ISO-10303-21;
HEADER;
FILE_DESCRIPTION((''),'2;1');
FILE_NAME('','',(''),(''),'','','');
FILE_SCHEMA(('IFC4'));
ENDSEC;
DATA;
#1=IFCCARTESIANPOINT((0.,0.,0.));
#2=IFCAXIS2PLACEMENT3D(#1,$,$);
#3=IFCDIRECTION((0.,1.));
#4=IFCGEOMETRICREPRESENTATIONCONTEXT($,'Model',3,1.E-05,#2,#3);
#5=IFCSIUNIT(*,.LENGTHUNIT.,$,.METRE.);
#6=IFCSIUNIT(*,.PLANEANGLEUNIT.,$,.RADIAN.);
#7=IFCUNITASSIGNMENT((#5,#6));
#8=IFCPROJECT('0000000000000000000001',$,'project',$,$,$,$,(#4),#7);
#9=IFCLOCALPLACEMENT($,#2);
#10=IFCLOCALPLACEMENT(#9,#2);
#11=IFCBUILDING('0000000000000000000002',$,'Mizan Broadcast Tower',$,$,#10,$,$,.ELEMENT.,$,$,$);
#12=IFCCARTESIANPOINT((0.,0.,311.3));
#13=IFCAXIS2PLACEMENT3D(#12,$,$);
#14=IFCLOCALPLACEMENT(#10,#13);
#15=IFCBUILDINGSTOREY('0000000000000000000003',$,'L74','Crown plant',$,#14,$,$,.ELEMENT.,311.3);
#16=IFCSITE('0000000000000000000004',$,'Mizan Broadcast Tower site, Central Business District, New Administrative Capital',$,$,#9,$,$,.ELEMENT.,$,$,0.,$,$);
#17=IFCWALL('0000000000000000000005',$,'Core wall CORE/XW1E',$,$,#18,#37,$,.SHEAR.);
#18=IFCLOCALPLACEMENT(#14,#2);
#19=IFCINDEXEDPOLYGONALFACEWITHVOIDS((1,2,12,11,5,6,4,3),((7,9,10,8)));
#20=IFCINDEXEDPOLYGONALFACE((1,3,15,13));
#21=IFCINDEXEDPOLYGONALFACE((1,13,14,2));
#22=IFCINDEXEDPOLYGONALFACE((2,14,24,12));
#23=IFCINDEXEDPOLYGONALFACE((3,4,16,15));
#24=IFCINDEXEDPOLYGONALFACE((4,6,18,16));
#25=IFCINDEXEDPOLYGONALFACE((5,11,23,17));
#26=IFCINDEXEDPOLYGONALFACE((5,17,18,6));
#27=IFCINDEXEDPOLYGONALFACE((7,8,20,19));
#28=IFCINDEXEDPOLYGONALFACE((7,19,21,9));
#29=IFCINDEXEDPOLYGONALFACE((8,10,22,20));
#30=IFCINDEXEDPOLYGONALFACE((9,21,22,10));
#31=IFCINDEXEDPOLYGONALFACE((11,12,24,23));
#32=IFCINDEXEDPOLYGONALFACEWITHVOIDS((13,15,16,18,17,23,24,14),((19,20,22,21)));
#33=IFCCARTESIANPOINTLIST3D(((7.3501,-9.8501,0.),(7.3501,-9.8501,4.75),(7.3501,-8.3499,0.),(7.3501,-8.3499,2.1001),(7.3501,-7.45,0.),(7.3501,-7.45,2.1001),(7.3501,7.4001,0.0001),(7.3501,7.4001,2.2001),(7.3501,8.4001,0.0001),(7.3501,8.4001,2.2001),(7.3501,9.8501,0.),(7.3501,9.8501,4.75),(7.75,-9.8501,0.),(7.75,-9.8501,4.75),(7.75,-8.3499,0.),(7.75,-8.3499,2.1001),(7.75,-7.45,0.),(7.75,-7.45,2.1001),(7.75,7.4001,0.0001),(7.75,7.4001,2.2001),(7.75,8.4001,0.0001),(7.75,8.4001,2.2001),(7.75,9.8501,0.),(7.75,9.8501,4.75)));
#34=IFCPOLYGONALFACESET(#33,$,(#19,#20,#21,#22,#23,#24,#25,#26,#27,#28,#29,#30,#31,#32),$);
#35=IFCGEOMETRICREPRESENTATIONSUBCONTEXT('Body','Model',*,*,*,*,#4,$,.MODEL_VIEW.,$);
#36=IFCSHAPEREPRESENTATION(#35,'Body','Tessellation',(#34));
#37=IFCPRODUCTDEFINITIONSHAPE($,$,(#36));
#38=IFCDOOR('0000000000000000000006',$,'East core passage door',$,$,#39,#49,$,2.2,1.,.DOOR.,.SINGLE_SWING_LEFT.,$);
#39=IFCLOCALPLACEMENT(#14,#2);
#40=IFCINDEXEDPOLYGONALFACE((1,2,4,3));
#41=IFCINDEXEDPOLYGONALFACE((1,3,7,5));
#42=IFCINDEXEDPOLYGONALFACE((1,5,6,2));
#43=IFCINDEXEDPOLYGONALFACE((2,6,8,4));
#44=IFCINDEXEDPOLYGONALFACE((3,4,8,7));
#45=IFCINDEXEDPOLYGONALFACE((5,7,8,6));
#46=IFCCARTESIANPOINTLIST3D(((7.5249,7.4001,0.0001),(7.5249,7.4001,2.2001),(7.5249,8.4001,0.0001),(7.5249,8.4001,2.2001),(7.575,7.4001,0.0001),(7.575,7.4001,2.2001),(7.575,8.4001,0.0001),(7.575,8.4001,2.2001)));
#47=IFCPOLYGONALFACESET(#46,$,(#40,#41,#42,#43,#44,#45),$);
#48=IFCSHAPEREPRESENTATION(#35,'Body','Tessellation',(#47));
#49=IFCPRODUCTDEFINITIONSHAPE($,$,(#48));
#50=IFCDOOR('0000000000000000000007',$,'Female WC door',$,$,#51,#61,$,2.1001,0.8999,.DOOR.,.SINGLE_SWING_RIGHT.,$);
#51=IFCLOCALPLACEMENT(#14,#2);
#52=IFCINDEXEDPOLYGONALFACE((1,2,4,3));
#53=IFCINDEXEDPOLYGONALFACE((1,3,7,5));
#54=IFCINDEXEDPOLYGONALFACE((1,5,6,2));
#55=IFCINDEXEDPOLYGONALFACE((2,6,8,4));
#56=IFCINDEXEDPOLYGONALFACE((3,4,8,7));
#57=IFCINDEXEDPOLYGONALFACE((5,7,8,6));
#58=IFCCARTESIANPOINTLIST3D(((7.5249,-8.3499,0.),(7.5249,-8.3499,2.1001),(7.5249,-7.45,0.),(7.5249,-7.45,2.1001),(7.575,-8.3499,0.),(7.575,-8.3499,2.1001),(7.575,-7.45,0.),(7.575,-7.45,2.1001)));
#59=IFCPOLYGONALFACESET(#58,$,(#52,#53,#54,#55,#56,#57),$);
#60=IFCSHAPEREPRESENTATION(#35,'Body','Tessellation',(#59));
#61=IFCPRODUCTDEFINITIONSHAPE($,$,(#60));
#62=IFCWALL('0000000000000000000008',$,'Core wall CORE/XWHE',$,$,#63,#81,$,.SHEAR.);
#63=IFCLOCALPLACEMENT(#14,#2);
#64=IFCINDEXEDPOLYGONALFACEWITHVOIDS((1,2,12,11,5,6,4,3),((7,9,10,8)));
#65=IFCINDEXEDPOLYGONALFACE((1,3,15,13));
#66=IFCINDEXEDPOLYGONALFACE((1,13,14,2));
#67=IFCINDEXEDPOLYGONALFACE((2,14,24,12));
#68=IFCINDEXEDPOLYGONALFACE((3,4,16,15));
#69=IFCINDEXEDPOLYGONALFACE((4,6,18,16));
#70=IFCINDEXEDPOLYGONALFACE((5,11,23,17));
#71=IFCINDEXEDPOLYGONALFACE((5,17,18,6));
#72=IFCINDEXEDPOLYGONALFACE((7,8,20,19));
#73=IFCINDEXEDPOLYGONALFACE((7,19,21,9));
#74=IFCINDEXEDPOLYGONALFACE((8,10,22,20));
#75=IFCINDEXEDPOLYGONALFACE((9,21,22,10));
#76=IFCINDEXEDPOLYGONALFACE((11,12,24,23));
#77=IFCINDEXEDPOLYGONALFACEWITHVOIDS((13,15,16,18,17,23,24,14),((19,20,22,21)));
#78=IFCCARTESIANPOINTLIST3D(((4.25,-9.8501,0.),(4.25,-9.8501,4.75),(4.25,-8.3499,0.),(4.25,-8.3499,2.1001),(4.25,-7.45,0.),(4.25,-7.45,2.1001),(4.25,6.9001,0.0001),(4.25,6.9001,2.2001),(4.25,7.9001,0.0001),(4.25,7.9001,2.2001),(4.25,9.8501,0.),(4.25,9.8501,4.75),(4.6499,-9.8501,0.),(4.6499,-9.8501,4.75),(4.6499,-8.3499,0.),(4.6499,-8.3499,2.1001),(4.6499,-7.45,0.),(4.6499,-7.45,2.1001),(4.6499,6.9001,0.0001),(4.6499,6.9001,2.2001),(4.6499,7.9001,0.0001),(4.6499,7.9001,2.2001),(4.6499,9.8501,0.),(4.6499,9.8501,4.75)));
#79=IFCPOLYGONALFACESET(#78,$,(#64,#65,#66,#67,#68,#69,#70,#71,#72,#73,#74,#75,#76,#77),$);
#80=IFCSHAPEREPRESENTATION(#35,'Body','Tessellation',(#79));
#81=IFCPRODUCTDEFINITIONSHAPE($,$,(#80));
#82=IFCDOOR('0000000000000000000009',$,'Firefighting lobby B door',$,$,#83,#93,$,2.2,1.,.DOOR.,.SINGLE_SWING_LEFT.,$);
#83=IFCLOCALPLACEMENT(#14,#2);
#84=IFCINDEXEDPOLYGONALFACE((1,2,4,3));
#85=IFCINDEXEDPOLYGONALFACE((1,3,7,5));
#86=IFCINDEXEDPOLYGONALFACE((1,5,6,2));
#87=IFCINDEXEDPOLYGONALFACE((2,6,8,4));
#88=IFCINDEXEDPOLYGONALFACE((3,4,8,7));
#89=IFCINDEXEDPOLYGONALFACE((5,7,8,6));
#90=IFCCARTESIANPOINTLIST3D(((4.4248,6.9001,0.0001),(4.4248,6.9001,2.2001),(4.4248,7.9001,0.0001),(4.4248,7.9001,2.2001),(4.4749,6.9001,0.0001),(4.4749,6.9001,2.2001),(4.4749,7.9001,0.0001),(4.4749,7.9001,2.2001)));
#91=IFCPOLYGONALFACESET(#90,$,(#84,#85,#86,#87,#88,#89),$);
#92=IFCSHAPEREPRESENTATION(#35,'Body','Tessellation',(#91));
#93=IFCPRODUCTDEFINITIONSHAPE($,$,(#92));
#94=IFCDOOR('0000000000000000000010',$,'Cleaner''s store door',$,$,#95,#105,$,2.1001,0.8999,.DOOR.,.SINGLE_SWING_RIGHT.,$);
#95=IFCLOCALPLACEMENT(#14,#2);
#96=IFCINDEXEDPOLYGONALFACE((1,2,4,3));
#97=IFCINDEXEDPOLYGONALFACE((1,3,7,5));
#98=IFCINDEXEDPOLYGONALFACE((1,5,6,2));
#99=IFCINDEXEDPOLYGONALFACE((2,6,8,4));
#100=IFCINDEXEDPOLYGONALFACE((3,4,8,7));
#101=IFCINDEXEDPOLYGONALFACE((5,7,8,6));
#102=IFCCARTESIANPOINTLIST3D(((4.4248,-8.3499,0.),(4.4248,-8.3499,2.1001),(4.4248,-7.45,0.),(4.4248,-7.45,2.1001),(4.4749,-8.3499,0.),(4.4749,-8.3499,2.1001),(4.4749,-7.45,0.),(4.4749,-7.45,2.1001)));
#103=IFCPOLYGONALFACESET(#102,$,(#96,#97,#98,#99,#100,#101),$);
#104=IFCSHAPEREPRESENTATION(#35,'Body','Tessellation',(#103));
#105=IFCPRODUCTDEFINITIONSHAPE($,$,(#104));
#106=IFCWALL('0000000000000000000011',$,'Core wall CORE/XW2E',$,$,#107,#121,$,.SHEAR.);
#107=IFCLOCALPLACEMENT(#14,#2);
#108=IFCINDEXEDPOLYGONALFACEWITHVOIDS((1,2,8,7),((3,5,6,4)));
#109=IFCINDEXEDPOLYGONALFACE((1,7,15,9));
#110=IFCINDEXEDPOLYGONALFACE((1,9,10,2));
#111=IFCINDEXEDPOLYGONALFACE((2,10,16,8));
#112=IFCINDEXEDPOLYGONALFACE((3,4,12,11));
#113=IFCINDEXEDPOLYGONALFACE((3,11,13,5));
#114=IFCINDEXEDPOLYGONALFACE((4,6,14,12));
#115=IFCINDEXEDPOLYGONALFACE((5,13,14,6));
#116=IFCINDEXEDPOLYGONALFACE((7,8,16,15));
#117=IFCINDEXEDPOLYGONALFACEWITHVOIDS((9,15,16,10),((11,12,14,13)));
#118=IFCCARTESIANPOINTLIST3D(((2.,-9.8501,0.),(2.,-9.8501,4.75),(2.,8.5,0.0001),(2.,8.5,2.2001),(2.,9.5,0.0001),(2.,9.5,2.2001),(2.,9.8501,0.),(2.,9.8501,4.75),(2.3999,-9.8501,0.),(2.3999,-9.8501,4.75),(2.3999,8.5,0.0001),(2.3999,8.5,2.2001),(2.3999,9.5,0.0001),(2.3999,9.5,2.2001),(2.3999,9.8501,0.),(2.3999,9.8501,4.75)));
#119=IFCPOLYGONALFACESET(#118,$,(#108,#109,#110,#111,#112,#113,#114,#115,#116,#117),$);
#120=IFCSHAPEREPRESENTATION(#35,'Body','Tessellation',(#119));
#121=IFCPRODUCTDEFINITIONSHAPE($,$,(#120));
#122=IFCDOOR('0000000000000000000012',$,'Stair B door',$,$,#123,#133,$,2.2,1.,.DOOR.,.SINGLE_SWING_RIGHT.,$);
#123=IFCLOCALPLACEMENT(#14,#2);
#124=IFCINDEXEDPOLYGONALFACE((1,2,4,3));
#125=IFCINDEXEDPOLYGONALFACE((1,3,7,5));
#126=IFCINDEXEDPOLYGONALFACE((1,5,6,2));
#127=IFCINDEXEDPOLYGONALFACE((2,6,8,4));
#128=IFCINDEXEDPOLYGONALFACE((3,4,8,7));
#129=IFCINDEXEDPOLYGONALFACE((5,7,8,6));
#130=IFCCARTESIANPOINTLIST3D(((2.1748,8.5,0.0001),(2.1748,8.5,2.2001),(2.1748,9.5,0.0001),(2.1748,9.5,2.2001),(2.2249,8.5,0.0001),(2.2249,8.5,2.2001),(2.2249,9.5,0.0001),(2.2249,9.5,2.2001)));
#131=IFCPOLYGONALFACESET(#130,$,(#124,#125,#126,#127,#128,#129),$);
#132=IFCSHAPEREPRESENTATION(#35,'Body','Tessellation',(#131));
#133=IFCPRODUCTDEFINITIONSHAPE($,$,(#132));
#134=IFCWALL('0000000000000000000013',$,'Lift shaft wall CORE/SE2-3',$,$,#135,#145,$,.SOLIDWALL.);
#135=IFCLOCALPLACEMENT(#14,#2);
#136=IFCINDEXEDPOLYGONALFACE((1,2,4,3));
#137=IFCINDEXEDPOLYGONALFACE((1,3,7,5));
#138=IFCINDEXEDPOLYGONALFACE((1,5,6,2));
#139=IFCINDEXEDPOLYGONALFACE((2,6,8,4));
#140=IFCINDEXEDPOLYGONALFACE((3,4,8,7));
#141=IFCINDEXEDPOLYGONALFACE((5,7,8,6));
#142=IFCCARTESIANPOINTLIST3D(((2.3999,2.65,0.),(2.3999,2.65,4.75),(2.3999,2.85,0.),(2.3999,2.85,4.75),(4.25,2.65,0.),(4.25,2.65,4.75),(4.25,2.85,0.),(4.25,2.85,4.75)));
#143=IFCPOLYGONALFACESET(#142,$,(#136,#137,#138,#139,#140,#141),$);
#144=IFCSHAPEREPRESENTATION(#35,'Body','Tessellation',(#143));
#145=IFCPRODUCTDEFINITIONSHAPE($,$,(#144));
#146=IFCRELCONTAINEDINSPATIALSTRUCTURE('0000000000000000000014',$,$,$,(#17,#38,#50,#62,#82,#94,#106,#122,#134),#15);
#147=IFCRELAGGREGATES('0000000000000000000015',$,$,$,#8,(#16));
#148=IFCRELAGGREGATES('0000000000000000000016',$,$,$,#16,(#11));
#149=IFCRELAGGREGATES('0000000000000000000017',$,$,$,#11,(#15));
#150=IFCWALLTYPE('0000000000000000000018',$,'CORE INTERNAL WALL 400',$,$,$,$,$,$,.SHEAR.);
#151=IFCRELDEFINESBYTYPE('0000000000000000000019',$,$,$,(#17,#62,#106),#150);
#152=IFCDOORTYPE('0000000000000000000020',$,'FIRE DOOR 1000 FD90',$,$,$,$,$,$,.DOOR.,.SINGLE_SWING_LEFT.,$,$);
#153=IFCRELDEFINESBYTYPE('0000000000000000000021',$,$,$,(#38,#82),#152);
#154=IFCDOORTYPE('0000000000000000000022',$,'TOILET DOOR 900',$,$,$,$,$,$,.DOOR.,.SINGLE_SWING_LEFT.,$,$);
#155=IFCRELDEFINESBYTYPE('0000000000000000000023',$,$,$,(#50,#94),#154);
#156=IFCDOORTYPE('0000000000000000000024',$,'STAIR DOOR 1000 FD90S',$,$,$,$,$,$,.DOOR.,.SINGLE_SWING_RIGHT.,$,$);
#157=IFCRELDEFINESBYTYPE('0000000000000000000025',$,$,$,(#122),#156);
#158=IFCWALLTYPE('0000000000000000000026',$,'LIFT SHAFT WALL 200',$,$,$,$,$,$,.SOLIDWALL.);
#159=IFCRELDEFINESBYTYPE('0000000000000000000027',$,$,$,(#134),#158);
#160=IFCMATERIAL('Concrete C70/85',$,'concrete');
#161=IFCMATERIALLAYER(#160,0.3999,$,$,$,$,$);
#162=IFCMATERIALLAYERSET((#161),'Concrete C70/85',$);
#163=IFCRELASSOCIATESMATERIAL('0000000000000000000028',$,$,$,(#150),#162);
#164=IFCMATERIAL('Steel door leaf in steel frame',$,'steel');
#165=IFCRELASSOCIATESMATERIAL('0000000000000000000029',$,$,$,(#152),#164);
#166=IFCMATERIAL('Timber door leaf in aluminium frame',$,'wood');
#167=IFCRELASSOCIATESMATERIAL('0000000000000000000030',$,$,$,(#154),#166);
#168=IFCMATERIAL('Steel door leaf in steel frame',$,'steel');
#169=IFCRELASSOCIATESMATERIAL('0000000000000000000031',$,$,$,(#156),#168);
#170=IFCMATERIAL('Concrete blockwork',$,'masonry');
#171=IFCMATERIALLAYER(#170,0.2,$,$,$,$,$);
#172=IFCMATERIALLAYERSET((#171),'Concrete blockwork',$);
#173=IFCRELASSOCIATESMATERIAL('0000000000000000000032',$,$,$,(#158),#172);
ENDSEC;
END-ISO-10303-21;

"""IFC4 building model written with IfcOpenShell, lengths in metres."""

from ifc_helpers import new_model, si_unit, direction, frame, frame_2d, origin, place, context, subcontext, project, spatial, rectangle, extrude, material, layer, layer_set, type_object, element, fill, save


model = new_model("IFC4")

# Units and contexts
model_context = context("Model", 3, precision=1e-05, world=origin(), true_north=direction((0.0, 1.0)))
body_context = subcontext(model_context, "Body", "Model", "MODEL_VIEW")
ifc_project = project(units=[si_unit("LENGTHUNIT", "METRE"), si_unit("PLANEANGLEUNIT", "RADIAN")], contexts=[model_context])

# Site, building, storey
site_placement = place(None, origin())
site = spatial("IfcSite", under=ifc_project, at=site_placement, Name="Mizan Broadcast Tower site, Central Business District, New Administrative Capital", CompositionType="ELEMENT", RefElevation=0.0)
building_placement = place(site_placement, origin())
building = spatial("IfcBuilding", under=site, at=building_placement, Name="Mizan Broadcast Tower", CompositionType="ELEMENT")
storey_placement = place(building_placement, frame((0.0, 0.0, 311.3)))
storey = spatial("IfcBuildingStorey", under=building, at=storey_placement, Name="L74", Description="Crown plant", CompositionType="ELEMENT", Elevation=311.3)

# Walls, openings, doors
ifc_material_1 = material(Name="Concrete C70/85", Category="concrete")
ifc_layer_1 = layer(ifc_material_1, 0.3999)
ifc_layer_set_1 = layer_set([ifc_layer_1], Name="Concrete C70/85")
wall_type_1 = type_object("IfcWallType", Name="CORE INTERNAL WALL 400", PredefinedType="SHEAR", material=ifc_layer_set_1)
wall_1_placement = place(storey_placement, frame((7.55, 9.8501, 0.0), z_axis=(0.0, 0.0, 1.0), x_axis=(0.0, -1.0, 0.0)))
wall_1 = element("IfcWall", 1, at=wall_1_placement, inside=storey, type_object=wall_type_1, Name="Core wall CORE/XW1E", PredefinedType="SHEAR", context=body_context, shape_type="SweptSolid", body=[
    extrude(rectangle(XDim=19.7002, YDim=0.3999, at=frame_2d((9.8501, 0.0))), origin(), (0.0, 0.0, 1.0), 4.75),
])
opening_1_placement = place(wall_1_placement, frame((1.45, 0.0, 0.0)))
opening_1 = element("IfcOpeningElement", 2, at=opening_1_placement, cuts=wall_1, PredefinedType="OPENING", context=body_context, shape_type="SweptSolid", body=[
    extrude(rectangle(XDim=1.0, YDim=2.2, at=frame_2d((0.5, 1.1001))), frame((0.0, 0.21, 0.0), z_axis=(0.0, -1.0, 0.0), x_axis=(1.0, 0.0, 0.0)), (0.0, 0.0, 1.0), 0.4199),
])
opening_2_placement = place(wall_1_placement, frame((17.3, 0.0, 0.0)))
opening_2 = element("IfcOpeningElement", 3, at=opening_2_placement, cuts=wall_1, PredefinedType="OPENING", context=body_context, shape_type="SweptSolid", body=[
    extrude(rectangle(XDim=0.8999, YDim=2.1001, at=frame_2d((0.45, 1.05))), frame((0.0, 0.21, 0.0), z_axis=(0.0, -1.0, 0.0), x_axis=(1.0, 0.0, 0.0)), (0.0, 0.0, 1.0), 0.4199),
])
ifc_material_2 = material(Name="Steel door leaf in steel frame", Category="steel")
door_type_1 = type_object("IfcDoorType", Name="FIRE DOOR 1000 FD90", OperationType="SINGLE_SWING_LEFT", PredefinedType="DOOR", material=ifc_material_2)
door_1_placement = place(opening_1_placement, origin())
door_1 = element("IfcDoor", 4, at=door_1_placement, inside=storey, type_object=door_type_1, Name="East core passage door", OperationType="SINGLE_SWING_LEFT", OverallHeight=2.2, OverallWidth=1.0, PredefinedType="DOOR", context=body_context, shape_type="SweptSolid", body=[
    extrude(rectangle(XDim=1.0, YDim=2.2, at=frame_2d((0.5, 1.1001))), frame((0.0, 0.0249, 0.0), z_axis=(0.0, -1.0, 0.0), x_axis=(1.0, 0.0, 0.0)), (0.0, 0.0, 1.0), 0.05),
])
fill(opening_1, door_1)
ifc_material_3 = material(Name="Timber door leaf in aluminium frame", Category="wood")
door_type_2 = type_object("IfcDoorType", Name="TOILET DOOR 900", OperationType="SINGLE_SWING_LEFT", PredefinedType="DOOR", material=ifc_material_3)
door_2_placement = place(opening_2_placement, origin())
door_2 = element("IfcDoor", 5, at=door_2_placement, inside=storey, type_object=door_type_2, Name="Female WC door", OperationType="SINGLE_SWING_RIGHT", OverallHeight=2.1001, OverallWidth=0.8999, PredefinedType="DOOR", context=body_context, shape_type="SweptSolid", body=[
    extrude(rectangle(XDim=0.8999, YDim=2.1001, at=frame_2d((0.45, 1.05))), frame((0.0, 0.0249, 0.0), z_axis=(0.0, -1.0, 0.0), x_axis=(1.0, 0.0, 0.0)), (0.0, 0.0, 1.0), 0.05),
])
fill(opening_2, door_2)
wall_2_placement = place(storey_placement, frame((4.45, 9.8501, 0.0), z_axis=(0.0, 0.0, 1.0), x_axis=(0.0, -1.0, 0.0)))
wall_2 = element("IfcWall", 6, at=wall_2_placement, inside=storey, type_object=wall_type_1, Name="Core wall CORE/XWHE", PredefinedType="SHEAR", context=body_context, shape_type="SweptSolid", body=[
    extrude(rectangle(XDim=19.7002, YDim=0.3999, at=frame_2d((9.8501, 0.0))), origin(), (0.0, 0.0, 1.0), 4.75),
])
opening_3_placement = place(wall_2_placement, frame((1.95, 0.0, 0.0)))
opening_3 = element("IfcOpeningElement", 7, at=opening_3_placement, cuts=wall_2, PredefinedType="OPENING", context=body_context, shape_type="SweptSolid", body=[
    extrude(rectangle(XDim=1.0, YDim=2.2, at=frame_2d((0.5, 1.1001))), frame((0.0, 0.21, 0.0), z_axis=(0.0, -1.0, 0.0), x_axis=(1.0, 0.0, 0.0)), (0.0, 0.0, 1.0), 0.4199),
])
opening_4_placement = place(wall_2_placement, frame((17.3, 0.0, 0.0)))
opening_4 = element("IfcOpeningElement", 8, at=opening_4_placement, cuts=wall_2, PredefinedType="OPENING", context=body_context, shape_type="SweptSolid", body=[
    extrude(rectangle(XDim=0.8999, YDim=2.1001, at=frame_2d((0.45, 1.05))), frame((0.0, 0.21, 0.0), z_axis=(0.0, -1.0, 0.0), x_axis=(1.0, 0.0, 0.0)), (0.0, 0.0, 1.0), 0.4199),
])
door_3_placement = place(opening_3_placement, origin())
door_3 = element("IfcDoor", 9, at=door_3_placement, inside=storey, type_object=door_type_1, Name="Firefighting lobby B door", OperationType="SINGLE_SWING_LEFT", OverallHeight=2.2, OverallWidth=1.0, PredefinedType="DOOR", context=body_context, shape_type="SweptSolid", body=[
    extrude(rectangle(XDim=1.0, YDim=2.2, at=frame_2d((0.5, 1.1001))), frame((0.0, 0.0249, 0.0), z_axis=(0.0, -1.0, 0.0), x_axis=(1.0, 0.0, 0.0)), (0.0, 0.0, 1.0), 0.05),
])
fill(opening_3, door_3)
door_4_placement = place(opening_4_placement, origin())
door_4 = element("IfcDoor", 10, at=door_4_placement, inside=storey, type_object=door_type_2, Name="Cleaner's store door", OperationType="SINGLE_SWING_RIGHT", OverallHeight=2.1001, OverallWidth=0.8999, PredefinedType="DOOR", context=body_context, shape_type="SweptSolid", body=[
    extrude(rectangle(XDim=0.8999, YDim=2.1001, at=frame_2d((0.45, 1.05))), frame((0.0, 0.0249, 0.0), z_axis=(0.0, -1.0, 0.0), x_axis=(1.0, 0.0, 0.0)), (0.0, 0.0, 1.0), 0.05),
])
fill(opening_4, door_4)

# Wall, opening, door
wall_3_placement = place(storey_placement, frame((2.2, 9.8501, 0.0), z_axis=(0.0, 0.0, 1.0), x_axis=(0.0, -1.0, 0.0)))
wall_3 = element("IfcWall", 11, at=wall_3_placement, inside=storey, type_object=wall_type_1, Name="Core wall CORE/XW2E", PredefinedType="SHEAR", context=body_context, shape_type="SweptSolid", body=[
    extrude(rectangle(XDim=19.7002, YDim=0.3999, at=frame_2d((9.8501, 0.0))), origin(), (0.0, 0.0, 1.0), 4.75),
])
opening_5_placement = place(wall_3_placement, frame((0.3501, 0.0, 0.0)))
opening_5 = element("IfcOpeningElement", 12, at=opening_5_placement, cuts=wall_3, PredefinedType="OPENING", context=body_context, shape_type="SweptSolid", body=[
    extrude(rectangle(XDim=1.0, YDim=2.2, at=frame_2d((0.5, 1.1001))), frame((0.0, 0.21, 0.0), z_axis=(0.0, -1.0, 0.0), x_axis=(1.0, 0.0, 0.0)), (0.0, 0.0, 1.0), 0.4199),
])
ifc_material_4 = material(Name="Steel door leaf in steel frame", Category="steel")
door_type_3 = type_object("IfcDoorType", Name="STAIR DOOR 1000 FD90S", OperationType="SINGLE_SWING_RIGHT", PredefinedType="DOOR", material=ifc_material_4)
door_5_placement = place(opening_5_placement, origin())
door_5 = element("IfcDoor", 13, at=door_5_placement, inside=storey, type_object=door_type_3, Name="Stair B door", OperationType="SINGLE_SWING_RIGHT", OverallHeight=2.2, OverallWidth=1.0, PredefinedType="DOOR", context=body_context, shape_type="SweptSolid", body=[
    extrude(rectangle(XDim=1.0, YDim=2.2, at=frame_2d((0.5, 1.1001))), frame((0.0, 0.0249, 0.0), z_axis=(0.0, -1.0, 0.0), x_axis=(1.0, 0.0, 0.0)), (0.0, 0.0, 1.0), 0.05),
])
fill(opening_5, door_5)

# Wall
ifc_material_5 = material(Name="Concrete blockwork", Category="masonry")
ifc_layer_2 = layer(ifc_material_5, 0.2)
ifc_layer_set_2 = layer_set([ifc_layer_2], Name="Concrete blockwork")
wall_type_2 = type_object("IfcWallType", Name="LIFT SHAFT WALL 200", PredefinedType="SOLIDWALL", material=ifc_layer_set_2)
wall_4_placement = place(storey_placement, frame((2.3999, 2.75, 0.0), z_axis=(0.0, 0.0, 1.0), x_axis=(1.0, 0.0, 0.0)))
element("IfcWall", 14, at=wall_4_placement, inside=storey, type_object=wall_type_2, Name="Lift shaft wall CORE/SE2-3", PredefinedType="SOLIDWALL", context=body_context, shape_type="SweptSolid", body=[
    extrude(rectangle(XDim=1.8501, YDim=0.2, at=frame_2d((0.925, 0.0))), origin(), (0.0, 0.0, 1.0), 4.75),
])

save(model, "model.ifc")
